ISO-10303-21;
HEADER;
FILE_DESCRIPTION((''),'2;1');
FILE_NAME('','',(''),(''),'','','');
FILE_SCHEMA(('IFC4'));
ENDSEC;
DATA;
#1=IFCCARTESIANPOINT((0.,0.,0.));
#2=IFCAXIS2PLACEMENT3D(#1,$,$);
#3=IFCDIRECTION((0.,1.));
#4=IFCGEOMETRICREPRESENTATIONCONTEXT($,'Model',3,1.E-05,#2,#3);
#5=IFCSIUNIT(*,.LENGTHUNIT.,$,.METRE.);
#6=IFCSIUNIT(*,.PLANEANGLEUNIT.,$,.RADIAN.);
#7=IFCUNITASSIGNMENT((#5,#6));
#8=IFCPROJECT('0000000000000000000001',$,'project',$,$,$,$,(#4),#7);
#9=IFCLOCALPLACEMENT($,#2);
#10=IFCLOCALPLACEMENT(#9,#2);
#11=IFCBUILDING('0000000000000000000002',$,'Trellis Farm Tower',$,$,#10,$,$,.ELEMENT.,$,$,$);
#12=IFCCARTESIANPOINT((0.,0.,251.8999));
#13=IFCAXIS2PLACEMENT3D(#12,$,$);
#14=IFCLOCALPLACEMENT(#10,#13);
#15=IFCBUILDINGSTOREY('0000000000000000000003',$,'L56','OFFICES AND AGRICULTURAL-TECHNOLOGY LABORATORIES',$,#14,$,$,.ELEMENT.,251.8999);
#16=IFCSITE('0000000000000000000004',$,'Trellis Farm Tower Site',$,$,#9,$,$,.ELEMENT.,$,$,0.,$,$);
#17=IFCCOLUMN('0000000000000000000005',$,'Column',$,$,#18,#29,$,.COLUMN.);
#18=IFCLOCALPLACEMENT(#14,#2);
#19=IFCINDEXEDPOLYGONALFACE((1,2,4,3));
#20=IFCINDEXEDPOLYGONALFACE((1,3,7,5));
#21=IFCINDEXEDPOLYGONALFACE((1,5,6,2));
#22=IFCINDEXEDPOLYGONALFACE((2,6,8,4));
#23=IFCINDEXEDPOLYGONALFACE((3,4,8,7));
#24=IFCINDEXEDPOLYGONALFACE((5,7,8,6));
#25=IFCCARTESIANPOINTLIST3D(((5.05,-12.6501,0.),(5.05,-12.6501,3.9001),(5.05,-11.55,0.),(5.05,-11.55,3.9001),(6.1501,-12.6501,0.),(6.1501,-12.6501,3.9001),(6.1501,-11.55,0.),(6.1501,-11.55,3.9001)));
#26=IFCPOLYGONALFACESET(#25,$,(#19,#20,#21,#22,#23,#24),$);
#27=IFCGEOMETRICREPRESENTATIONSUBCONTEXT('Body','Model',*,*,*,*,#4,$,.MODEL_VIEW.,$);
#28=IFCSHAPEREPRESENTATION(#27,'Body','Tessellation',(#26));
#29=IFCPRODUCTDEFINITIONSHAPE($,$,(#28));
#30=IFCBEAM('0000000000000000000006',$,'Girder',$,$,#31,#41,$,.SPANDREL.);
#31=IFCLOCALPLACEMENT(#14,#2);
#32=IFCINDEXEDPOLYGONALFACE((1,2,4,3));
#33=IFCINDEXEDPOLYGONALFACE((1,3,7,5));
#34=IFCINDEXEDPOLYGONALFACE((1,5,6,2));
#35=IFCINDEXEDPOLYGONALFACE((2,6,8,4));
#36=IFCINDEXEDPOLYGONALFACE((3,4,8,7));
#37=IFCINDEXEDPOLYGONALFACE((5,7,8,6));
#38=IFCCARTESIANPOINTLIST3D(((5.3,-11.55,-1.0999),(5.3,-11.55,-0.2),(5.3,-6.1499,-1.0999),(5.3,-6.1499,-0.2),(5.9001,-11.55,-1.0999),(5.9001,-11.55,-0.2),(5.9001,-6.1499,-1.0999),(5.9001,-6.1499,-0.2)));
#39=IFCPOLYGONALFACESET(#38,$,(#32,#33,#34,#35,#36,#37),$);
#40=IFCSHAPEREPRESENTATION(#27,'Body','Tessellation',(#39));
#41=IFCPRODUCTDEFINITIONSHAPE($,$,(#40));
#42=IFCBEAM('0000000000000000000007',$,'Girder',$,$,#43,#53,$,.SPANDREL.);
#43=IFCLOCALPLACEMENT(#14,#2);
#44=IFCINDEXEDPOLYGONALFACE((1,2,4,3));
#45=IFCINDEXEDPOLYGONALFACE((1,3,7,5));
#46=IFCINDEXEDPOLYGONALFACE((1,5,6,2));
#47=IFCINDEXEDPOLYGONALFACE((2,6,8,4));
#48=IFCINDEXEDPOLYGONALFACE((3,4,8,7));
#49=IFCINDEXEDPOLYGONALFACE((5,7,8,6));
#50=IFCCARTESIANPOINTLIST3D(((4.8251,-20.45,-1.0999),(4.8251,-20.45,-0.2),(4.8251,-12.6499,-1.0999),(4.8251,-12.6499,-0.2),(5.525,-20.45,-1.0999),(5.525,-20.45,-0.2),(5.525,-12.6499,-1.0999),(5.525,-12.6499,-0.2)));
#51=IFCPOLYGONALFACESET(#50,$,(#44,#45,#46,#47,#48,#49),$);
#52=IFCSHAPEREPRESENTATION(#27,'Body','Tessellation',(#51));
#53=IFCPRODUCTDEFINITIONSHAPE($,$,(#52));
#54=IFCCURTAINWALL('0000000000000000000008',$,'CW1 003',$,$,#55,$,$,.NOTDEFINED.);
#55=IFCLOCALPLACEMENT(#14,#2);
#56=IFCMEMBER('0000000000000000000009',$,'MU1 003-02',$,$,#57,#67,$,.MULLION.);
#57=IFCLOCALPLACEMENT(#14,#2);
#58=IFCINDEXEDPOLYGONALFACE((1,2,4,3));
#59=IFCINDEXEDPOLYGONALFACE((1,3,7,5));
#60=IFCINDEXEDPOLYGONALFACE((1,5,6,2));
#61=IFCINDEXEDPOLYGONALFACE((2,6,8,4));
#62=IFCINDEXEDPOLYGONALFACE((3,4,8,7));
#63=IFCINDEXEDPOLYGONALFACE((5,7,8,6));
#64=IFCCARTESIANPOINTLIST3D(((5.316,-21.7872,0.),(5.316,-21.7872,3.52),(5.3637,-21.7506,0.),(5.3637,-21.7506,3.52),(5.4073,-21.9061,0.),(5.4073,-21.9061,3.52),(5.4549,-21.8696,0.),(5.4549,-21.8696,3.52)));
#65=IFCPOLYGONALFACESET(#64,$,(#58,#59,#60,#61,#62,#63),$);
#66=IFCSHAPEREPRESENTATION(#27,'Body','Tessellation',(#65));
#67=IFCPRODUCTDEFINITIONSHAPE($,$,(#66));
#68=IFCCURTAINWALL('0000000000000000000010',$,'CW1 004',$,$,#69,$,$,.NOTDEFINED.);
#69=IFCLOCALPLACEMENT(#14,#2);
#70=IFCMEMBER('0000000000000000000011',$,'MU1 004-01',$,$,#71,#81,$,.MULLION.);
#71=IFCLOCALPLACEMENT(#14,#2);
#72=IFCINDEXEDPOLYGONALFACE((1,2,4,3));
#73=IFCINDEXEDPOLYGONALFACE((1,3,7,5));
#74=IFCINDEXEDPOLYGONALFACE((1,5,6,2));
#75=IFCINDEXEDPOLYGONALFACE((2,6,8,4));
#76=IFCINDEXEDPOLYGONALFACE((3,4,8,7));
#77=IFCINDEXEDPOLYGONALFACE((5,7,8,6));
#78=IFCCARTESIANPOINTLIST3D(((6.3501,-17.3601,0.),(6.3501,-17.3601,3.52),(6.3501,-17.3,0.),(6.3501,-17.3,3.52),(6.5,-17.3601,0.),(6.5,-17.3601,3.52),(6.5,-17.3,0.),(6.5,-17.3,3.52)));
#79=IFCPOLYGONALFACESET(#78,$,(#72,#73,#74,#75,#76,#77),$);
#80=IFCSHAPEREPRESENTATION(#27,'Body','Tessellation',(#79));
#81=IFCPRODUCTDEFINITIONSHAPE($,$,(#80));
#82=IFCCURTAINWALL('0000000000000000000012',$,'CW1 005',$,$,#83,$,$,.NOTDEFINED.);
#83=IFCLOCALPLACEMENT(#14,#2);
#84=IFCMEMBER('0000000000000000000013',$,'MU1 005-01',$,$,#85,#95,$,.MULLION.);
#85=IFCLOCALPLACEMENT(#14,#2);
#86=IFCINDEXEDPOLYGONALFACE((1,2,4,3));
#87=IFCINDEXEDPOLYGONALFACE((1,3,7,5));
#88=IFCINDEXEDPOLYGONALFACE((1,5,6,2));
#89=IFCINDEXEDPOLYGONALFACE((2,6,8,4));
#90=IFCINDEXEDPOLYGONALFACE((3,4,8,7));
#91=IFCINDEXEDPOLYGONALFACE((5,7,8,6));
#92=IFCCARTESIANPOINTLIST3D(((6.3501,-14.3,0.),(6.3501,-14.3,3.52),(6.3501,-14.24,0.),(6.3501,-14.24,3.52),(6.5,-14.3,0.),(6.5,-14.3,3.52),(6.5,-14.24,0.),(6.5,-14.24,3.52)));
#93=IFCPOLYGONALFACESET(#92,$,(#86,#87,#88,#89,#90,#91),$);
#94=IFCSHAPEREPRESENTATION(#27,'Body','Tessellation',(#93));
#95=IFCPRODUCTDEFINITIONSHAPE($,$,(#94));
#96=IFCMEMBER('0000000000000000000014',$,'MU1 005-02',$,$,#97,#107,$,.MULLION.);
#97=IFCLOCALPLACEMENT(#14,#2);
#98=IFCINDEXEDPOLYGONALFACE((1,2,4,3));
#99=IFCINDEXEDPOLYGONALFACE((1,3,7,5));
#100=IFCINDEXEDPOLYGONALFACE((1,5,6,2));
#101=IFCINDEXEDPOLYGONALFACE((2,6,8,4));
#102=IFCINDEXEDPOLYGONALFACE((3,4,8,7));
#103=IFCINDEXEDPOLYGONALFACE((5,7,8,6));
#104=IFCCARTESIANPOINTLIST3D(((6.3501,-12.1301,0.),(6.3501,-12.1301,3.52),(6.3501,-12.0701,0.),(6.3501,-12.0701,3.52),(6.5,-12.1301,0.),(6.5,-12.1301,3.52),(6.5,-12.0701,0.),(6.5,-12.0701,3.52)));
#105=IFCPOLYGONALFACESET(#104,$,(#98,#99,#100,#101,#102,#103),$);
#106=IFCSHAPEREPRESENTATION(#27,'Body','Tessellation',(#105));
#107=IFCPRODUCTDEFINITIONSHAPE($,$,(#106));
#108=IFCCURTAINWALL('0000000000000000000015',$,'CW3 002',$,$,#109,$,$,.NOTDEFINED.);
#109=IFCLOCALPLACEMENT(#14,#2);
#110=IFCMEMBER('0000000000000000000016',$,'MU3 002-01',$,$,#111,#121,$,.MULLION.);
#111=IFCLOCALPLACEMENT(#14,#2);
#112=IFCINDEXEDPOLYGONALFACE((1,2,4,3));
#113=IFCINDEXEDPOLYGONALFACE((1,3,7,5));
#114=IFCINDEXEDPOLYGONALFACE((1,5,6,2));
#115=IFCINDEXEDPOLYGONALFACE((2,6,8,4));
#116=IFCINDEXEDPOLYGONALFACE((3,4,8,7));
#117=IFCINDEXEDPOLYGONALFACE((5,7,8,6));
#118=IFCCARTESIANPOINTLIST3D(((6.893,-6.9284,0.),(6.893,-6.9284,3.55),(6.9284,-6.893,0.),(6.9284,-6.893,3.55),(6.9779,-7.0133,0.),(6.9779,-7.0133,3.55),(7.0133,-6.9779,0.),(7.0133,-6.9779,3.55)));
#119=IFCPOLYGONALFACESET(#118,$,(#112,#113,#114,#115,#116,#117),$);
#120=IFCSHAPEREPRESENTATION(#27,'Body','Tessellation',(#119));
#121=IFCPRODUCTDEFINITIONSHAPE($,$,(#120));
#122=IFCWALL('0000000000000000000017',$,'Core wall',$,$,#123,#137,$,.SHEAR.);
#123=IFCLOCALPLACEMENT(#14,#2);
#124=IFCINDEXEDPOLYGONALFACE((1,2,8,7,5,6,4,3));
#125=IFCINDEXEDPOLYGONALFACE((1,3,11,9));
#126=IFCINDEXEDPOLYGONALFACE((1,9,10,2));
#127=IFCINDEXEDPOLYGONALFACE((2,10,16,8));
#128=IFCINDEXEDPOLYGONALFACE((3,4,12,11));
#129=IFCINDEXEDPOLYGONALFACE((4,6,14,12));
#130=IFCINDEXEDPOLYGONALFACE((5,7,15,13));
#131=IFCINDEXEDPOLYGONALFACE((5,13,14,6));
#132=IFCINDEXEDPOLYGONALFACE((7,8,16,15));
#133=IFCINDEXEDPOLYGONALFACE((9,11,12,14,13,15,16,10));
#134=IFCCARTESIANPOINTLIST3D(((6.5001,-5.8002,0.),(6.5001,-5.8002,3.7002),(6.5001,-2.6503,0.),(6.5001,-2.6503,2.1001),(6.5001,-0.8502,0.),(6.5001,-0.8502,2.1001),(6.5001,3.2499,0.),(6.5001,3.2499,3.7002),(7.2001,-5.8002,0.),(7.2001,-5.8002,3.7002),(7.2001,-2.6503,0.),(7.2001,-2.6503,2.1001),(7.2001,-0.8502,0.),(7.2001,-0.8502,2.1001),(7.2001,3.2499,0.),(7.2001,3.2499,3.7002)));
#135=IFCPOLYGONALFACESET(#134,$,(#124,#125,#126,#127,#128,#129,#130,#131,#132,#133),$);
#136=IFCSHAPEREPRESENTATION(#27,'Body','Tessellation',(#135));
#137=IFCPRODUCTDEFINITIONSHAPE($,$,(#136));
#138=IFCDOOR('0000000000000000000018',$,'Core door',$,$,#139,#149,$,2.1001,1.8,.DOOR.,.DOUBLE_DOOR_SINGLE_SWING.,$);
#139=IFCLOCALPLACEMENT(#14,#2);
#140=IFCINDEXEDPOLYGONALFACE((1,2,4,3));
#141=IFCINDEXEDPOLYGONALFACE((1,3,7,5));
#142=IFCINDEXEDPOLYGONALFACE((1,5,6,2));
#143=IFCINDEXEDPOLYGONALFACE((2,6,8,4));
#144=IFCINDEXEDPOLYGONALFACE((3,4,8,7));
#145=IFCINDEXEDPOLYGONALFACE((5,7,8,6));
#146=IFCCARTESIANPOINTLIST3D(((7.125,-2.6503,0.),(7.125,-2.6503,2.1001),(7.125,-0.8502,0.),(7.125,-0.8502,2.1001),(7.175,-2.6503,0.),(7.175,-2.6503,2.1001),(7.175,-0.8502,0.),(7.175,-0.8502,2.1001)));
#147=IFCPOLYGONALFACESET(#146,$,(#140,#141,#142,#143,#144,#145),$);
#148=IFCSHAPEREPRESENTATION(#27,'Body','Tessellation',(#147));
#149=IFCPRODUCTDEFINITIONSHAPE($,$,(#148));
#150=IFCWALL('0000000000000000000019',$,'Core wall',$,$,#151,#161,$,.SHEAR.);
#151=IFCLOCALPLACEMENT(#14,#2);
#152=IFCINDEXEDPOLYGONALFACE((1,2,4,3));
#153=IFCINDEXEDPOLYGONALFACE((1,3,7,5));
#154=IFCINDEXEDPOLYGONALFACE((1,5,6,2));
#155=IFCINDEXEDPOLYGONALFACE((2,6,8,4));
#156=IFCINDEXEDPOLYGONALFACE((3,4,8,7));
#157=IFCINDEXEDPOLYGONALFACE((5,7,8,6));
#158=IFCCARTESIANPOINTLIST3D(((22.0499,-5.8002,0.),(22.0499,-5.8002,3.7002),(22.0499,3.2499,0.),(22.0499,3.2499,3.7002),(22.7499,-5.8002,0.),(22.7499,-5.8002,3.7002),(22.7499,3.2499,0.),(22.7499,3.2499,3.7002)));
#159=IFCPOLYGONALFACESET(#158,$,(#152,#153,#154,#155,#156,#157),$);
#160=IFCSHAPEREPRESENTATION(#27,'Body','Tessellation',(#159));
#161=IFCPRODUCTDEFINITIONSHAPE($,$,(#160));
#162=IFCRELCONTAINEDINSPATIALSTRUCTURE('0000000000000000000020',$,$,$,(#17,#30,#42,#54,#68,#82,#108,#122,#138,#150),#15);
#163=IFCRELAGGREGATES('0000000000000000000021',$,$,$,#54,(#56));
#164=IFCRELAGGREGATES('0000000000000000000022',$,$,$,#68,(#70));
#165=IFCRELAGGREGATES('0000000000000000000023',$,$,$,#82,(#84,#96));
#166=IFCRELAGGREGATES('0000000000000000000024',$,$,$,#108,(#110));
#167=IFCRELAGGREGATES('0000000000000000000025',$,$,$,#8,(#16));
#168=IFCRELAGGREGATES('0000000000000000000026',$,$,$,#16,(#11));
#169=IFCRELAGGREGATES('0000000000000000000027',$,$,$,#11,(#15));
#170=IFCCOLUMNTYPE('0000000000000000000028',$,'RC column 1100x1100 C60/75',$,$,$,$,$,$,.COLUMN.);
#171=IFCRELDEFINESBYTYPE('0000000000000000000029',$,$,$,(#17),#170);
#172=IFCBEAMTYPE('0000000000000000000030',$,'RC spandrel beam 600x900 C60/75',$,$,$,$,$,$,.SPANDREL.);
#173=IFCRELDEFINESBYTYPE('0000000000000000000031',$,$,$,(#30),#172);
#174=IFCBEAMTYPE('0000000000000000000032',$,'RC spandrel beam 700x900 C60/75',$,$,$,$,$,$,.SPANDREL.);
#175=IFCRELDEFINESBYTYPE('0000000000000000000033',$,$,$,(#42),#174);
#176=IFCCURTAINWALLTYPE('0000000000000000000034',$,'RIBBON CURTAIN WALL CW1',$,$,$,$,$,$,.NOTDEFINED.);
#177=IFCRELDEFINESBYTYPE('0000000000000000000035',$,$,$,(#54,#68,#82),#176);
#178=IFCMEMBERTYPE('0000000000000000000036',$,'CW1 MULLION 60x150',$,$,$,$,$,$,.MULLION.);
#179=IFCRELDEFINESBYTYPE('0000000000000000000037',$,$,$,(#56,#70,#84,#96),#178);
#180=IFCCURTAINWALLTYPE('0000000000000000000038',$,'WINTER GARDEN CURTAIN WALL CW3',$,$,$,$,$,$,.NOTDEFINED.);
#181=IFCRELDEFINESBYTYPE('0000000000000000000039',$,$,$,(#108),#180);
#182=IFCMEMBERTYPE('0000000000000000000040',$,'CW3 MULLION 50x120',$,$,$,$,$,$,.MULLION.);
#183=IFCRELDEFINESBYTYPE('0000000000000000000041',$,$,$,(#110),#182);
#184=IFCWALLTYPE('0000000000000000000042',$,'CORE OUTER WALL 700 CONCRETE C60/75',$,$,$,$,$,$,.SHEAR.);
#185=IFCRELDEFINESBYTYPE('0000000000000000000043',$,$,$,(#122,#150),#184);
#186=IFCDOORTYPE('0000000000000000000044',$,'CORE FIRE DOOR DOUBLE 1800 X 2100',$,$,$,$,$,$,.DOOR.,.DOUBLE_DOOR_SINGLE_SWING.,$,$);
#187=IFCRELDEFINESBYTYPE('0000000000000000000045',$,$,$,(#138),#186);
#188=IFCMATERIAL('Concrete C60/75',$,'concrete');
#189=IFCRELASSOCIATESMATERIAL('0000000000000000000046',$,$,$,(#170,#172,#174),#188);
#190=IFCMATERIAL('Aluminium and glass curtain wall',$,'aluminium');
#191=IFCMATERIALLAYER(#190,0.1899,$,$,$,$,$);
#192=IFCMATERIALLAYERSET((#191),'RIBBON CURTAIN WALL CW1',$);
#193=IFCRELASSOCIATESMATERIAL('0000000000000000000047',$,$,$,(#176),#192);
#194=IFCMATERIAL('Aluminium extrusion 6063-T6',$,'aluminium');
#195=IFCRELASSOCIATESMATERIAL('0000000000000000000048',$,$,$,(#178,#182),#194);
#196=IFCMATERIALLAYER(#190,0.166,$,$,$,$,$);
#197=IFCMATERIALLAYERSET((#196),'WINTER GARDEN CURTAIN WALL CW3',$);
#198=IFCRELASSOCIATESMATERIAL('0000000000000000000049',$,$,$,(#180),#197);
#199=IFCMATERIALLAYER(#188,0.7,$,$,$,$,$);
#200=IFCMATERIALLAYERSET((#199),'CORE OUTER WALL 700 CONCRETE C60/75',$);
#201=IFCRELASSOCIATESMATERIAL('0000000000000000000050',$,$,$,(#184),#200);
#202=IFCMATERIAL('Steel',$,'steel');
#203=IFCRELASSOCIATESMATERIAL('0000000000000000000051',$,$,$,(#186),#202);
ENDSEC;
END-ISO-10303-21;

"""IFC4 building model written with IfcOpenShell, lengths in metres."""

from ifc_helpers import new_model, si_unit, direction, frame, frame_2d, origin, origin_2d, place, context, subcontext, project, spatial, rectangle, extrude, source, transform, mapped, material, layer, layer_set, material_profile, profile_set, type_object, element, fill, aggregate, save


model = new_model("IFC4")

# Units and contexts
model_context = context("Model", 3, precision=1e-05, world=origin(), true_north=direction((0.0, 1.0)))
body_context = subcontext(model_context, "Body", "Model", "MODEL_VIEW")
ifc_project = project(units=[si_unit("LENGTHUNIT", "METRE"), si_unit("PLANEANGLEUNIT", "RADIAN")], contexts=[model_context])

# Site, building, storey
site_placement = place(None, origin())
site = spatial("IfcSite", under=ifc_project, at=site_placement, Name="Trellis Farm Tower Site", CompositionType="ELEMENT", RefElevation=0.0)
building_placement = place(site_placement, origin())
building = spatial("IfcBuilding", under=site, at=building_placement, Name="Trellis Farm Tower", CompositionType="ELEMENT")
storey_placement = place(building_placement, frame((0.0, 0.0, 251.8999)))
storey = spatial("IfcBuildingStorey", under=building, at=storey_placement, Name="L56", Description="OFFICES AND AGRICULTURAL-TECHNOLOGY LABORATORIES", CompositionType="ELEMENT", Elevation=251.8999)

# Column
ifc_material_1 = material(Name="Concrete C60/75", Category="concrete")
ifc_material_profile_1 = material_profile(ifc_material_1, rectangle(XDim=1.1001, YDim=1.1001, at=origin_2d()), Name="RC column 1100x1100 C60/75")
ifc_profile_set_1 = profile_set([ifc_material_profile_1], Name="Concrete C60/75")
column_type = type_object("IfcColumnType", Name="RC column 1100x1100 C60/75", PredefinedType="COLUMN", material=ifc_profile_set_1)
shared_shape_1 = source(origin(), body_context, "Body", "SweptSolid", [
    extrude(rectangle(XDim=1.1001, YDim=1.1001, at=origin_2d()), origin(), (0.0, 0.0, 1.0), 3.9001),
])
column_placement = place(storey_placement, frame((5.6001, -12.1001, 0.0), z_axis=(0.0, 0.0, 1.0), x_axis=(1.0, 0.0, 0.0)))
element("IfcColumn", 1, at=column_placement, inside=storey, type_object=column_type, Name="Column", PredefinedType="COLUMN", context=body_context, shape_type="MappedRepresentation", body=[
    mapped(shared_shape_1, transform((0.0, 0.0, 0.0))),
])

# Beams
ifc_material_profile_2 = material_profile(ifc_material_1, rectangle(XDim=0.6001, YDim=0.8999, at=origin_2d()), Name="RC spandrel beam 600x900 C60/75")
ifc_profile_set_2 = profile_set([ifc_material_profile_2], Name="Concrete C60/75")
beam_type_1 = type_object("IfcBeamType", Name="RC spandrel beam 600x900 C60/75", PredefinedType="SPANDREL", material=ifc_profile_set_2)
shared_shape_2 = source(origin(), body_context, "Body", "SweptSolid", [
    extrude(rectangle(XDim=0.6001, YDim=0.8999, at=origin_2d()), origin(), (0.0, 0.0, 1.0), 5.4001),
])
beam_1_placement = place(storey_placement, frame((5.6001, -11.55, -0.6499), z_axis=(0.0, 1.0, 0.0), x_axis=(-1.0, 0.0, 0.0)))
element("IfcBeam", 2, at=beam_1_placement, inside=storey, type_object=beam_type_1, Name="Girder", PredefinedType="SPANDREL", context=body_context, shape_type="MappedRepresentation", body=[
    mapped(shared_shape_2, transform((0.0, 0.0, 0.0))),
])
ifc_material_profile_3 = material_profile(ifc_material_1, rectangle(XDim=0.7, YDim=0.8999, at=origin_2d()), Name="RC spandrel beam 700x900 C60/75")
ifc_profile_set_3 = profile_set([ifc_material_profile_3], Name="Concrete C60/75")
beam_type_2 = type_object("IfcBeamType", Name="RC spandrel beam 700x900 C60/75", PredefinedType="SPANDREL", material=ifc_profile_set_3)
shared_shape_3 = source(origin(), body_context, "Body", "SweptSolid", [
    extrude(rectangle(XDim=0.7, YDim=0.8999, at=origin_2d()), origin(), (0.0, 0.0, 1.0), 7.8),
])
beam_2_placement = place(storey_placement, frame((5.175, -20.45, -0.6499), z_axis=(0.0, 1.0, 0.0), x_axis=(-1.0, 0.0, 0.0)))
element("IfcBeam", 3, at=beam_2_placement, inside=storey, type_object=beam_type_2, Name="Girder", PredefinedType="SPANDREL", context=body_context, shape_type="MappedRepresentation", body=[
    mapped(shared_shape_3, transform((0.0, 0.0, 0.0))),
])

# Curtain walls, members
ifc_material_2 = material(Name="Aluminium and glass curtain wall", Category="aluminium")
ifc_layer_1 = layer(ifc_material_2, 0.1899)
ifc_layer_set_1 = layer_set([ifc_layer_1], Name="RIBBON CURTAIN WALL CW1")
curtain_wall_type_1 = type_object("IfcCurtainWallType", Name="RIBBON CURTAIN WALL CW1", PredefinedType="NOTDEFINED", material=ifc_layer_set_1)
placement = place(storey_placement, origin())
curtain_wall_1 = element("IfcCurtainWall", 4, at=placement, inside=storey, type_object=curtain_wall_type_1, Name="CW1 003", PredefinedType="NOTDEFINED")
ifc_material_3 = material(Name="Aluminium extrusion 6063-T6", Category="aluminium")
ifc_material_profile_4 = material_profile(ifc_material_3, rectangle(XDim=0.0601, YDim=0.1499, at=origin_2d()), Name="MULLION 60x150")
ifc_profile_set_4 = profile_set([ifc_material_profile_4], Name="Aluminium extrusion 6063-T6")
member_type_1 = type_object("IfcMemberType", Name="CW1 MULLION 60x150", PredefinedType="MULLION", material=ifc_profile_set_4)
shared_shape_4 = source(origin(), body_context, "Body", "SweptSolid", [
    extrude(rectangle(XDim=0.0601, YDim=0.1499, at=origin_2d()), origin(), (0.0, 0.0, 1.0), 3.52),
])
member_1_placement = place(storey_placement, frame((5.3855, -21.8284, 0.0), z_axis=(0.0, 0.0, 1.0), x_axis=(0.793353, 0.608761, 0.0)))
member_1 = element("IfcMember", 5, at=member_1_placement, type_object=member_type_1, Name="MU1 003-02", PredefinedType="MULLION", context=body_context, shape_type="MappedRepresentation", body=[
    mapped(shared_shape_4, transform((0.0, 0.0, 0.0))),
])
aggregate(curtain_wall_1, [member_1])
curtain_wall_2 = element("IfcCurtainWall", 6, at=placement, inside=storey, type_object=curtain_wall_type_1, Name="CW1 004", PredefinedType="NOTDEFINED")
member_2_placement = place(storey_placement, frame((6.425, -17.3301, 0.0), z_axis=(0.0, 0.0, 1.0), x_axis=(0.0, 1.0, 0.0)))
member_2 = element("IfcMember", 7, at=member_2_placement, type_object=member_type_1, Name="MU1 004-01", PredefinedType="MULLION", context=body_context, shape_type="MappedRepresentation", body=[
    mapped(shared_shape_4, transform((0.0, 0.0, 0.0))),
])
aggregate(curtain_wall_2, [member_2])

# Curtain wall, members
curtain_wall_3 = element("IfcCurtainWall", 8, at=placement, inside=storey, type_object=curtain_wall_type_1, Name="CW1 005", PredefinedType="NOTDEFINED")
member_3_placement = place(storey_placement, frame((6.425, -14.27, 0.0), z_axis=(0.0, 0.0, 1.0), x_axis=(0.0, 1.0, 0.0)))
member_3 = element("IfcMember", 9, at=member_3_placement, type_object=member_type_1, Name="MU1 005-01", PredefinedType="MULLION", context=body_context, shape_type="MappedRepresentation", body=[
    mapped(shared_shape_4, transform((0.0, 0.0, 0.0))),
])
member_4_placement = place(storey_placement, frame((6.425, -12.1001, 0.0), z_axis=(0.0, 0.0, 1.0), x_axis=(0.0, 1.0, 0.0)))
member_4 = element("IfcMember", 10, at=member_4_placement, type_object=member_type_1, Name="MU1 005-02", PredefinedType="MULLION", context=body_context, shape_type="MappedRepresentation", body=[
    mapped(shared_shape_4, transform((0.0, 0.0, 0.0))),
])
aggregate(curtain_wall_3, [member_3, member_4])

# Curtain wall, member
ifc_layer_2 = layer(ifc_material_2, 0.166)
ifc_layer_set_2 = layer_set([ifc_layer_2], Name="WINTER GARDEN CURTAIN WALL CW3")
curtain_wall_type_2 = type_object("IfcCurtainWallType", Name="WINTER GARDEN CURTAIN WALL CW3", PredefinedType="NOTDEFINED", material=ifc_layer_set_2)
curtain_wall_4 = element("IfcCurtainWall", 11, at=placement, inside=storey, type_object=curtain_wall_type_2, Name="CW3 002", PredefinedType="NOTDEFINED")
ifc_material_profile_5 = material_profile(ifc_material_3, rectangle(XDim=0.05, YDim=0.1201, at=origin_2d()), Name="MULLION 50x120")
ifc_profile_set_5 = profile_set([ifc_material_profile_5], Name="Aluminium extrusion 6063-T6")
member_type_2 = type_object("IfcMemberType", Name="CW3 MULLION 50x120", PredefinedType="MULLION", material=ifc_profile_set_5)
shared_shape_5 = source(origin(), body_context, "Body", "SweptSolid", [
    extrude(rectangle(XDim=0.05, YDim=0.1201, at=origin_2d()), origin(), (0.0, 0.0, 1.0), 3.55),
])
member_5_placement = place(storey_placement, frame((6.9531, -6.9531, 0.0), z_axis=(0.0, 0.0, 1.0), x_axis=(0.707107, 0.707107, 0.0)))
member_5 = element("IfcMember", 12, at=member_5_placement, type_object=member_type_2, Name="MU3 002-01", PredefinedType="MULLION", context=body_context, shape_type="MappedRepresentation", body=[
    mapped(shared_shape_5, transform((0.0, 0.0, 0.0))),
])
aggregate(curtain_wall_4, [member_5])

# Wall, opening, door
ifc_layer_3 = layer(ifc_material_1, 0.7)
ifc_layer_set_3 = layer_set([ifc_layer_3], Name="CORE OUTER WALL 700 CONCRETE C60/75")
wall_type_1 = type_object("IfcWallType", Name="CORE OUTER WALL 700 CONCRETE C60/75", PredefinedType="SHEAR", material=ifc_layer_set_3)
shared_shape_6 = source(origin(), body_context, "Body", "SweptSolid", [
    extrude(rectangle(XDim=9.05, YDim=0.7, at=frame_2d((4.5249, 0.0))), origin(), (0.0, 0.0, 1.0), 3.7002),
])
wall_1_placement = place(storey_placement, frame((6.8501, -5.8, 0.0), z_axis=(0.0, 0.0, 1.0), x_axis=(0.0, 1.0, 0.0)))
wall_1 = element("IfcWall", 13, at=wall_1_placement, inside=storey, type_object=wall_type_1, Name="Core wall", PredefinedType="SHEAR", context=body_context, shape_type="MappedRepresentation", body=[
    mapped(shared_shape_6, transform((0.0, 0.0, 0.0))),
])
shared_shape_7 = source(origin(), body_context, "Body", "SweptSolid", [
    extrude(rectangle(XDim=1.8, YDim=2.1001, at=frame_2d((0.8999, 1.05))), frame((0.0, 0.3601, 0.0), z_axis=(0.0, -1.0, 0.0), x_axis=(1.0, 0.0, 0.0)), (0.0, 0.0, 1.0), 0.7202),
])
opening_1_placement = place(wall_1_placement, frame((3.1499, 0.0, 0.0)))
opening_1 = element("IfcOpeningElement", 14, at=opening_1_placement, cuts=wall_1, PredefinedType="OPENING", context=body_context, shape_type="MappedRepresentation", body=[
    mapped(shared_shape_7, transform((0.0, 0.0, 0.0))),
])
ifc_material_4 = material(Name="Steel", Category="steel")
door_type_1 = type_object("IfcDoorType", Name="CORE FIRE DOOR DOUBLE 1800 X 2100", OperationType="DOUBLE_DOOR_SINGLE_SWING", PredefinedType="DOOR", material=ifc_material_4)
shared_shape_8 = source(origin(), body_context, "Body", "SweptSolid", [
    extrude(rectangle(XDim=1.8, YDim=2.1001, at=frame_2d((0.8999, 1.05))), frame((0.0, -0.2749, 0.0), z_axis=(0.0, -1.0, 0.0), x_axis=(1.0, 0.0, 0.0)), (0.0, 0.0, 1.0), 0.05),
])
door_1_placement = place(opening_1_placement, origin())
door_1 = element("IfcDoor", 15, at=door_1_placement, inside=storey, type_object=door_type_1, Name="Core door", OperationType="DOUBLE_DOOR_SINGLE_SWING", OverallHeight=2.1001, OverallWidth=1.8, PredefinedType="DOOR", context=body_context, shape_type="MappedRepresentation", body=[
    mapped(shared_shape_8, transform((0.0, 0.0, 0.0))),
])
fill(opening_1, door_1)

# Wall
wall_2_placement = place(storey_placement, frame((22.3999, -5.8, 0.0), z_axis=(0.0, 0.0, 1.0), x_axis=(0.0, 1.0, 0.0)))
element("IfcWall", 16, at=wall_2_placement, inside=storey, type_object=wall_type_1, Name="Core wall", PredefinedType="SHEAR", context=body_context, shape_type="MappedRepresentation", body=[
    mapped(shared_shape_6, transform((0.0, 0.0, 0.0))),
])

save(model, "model.ifc")
